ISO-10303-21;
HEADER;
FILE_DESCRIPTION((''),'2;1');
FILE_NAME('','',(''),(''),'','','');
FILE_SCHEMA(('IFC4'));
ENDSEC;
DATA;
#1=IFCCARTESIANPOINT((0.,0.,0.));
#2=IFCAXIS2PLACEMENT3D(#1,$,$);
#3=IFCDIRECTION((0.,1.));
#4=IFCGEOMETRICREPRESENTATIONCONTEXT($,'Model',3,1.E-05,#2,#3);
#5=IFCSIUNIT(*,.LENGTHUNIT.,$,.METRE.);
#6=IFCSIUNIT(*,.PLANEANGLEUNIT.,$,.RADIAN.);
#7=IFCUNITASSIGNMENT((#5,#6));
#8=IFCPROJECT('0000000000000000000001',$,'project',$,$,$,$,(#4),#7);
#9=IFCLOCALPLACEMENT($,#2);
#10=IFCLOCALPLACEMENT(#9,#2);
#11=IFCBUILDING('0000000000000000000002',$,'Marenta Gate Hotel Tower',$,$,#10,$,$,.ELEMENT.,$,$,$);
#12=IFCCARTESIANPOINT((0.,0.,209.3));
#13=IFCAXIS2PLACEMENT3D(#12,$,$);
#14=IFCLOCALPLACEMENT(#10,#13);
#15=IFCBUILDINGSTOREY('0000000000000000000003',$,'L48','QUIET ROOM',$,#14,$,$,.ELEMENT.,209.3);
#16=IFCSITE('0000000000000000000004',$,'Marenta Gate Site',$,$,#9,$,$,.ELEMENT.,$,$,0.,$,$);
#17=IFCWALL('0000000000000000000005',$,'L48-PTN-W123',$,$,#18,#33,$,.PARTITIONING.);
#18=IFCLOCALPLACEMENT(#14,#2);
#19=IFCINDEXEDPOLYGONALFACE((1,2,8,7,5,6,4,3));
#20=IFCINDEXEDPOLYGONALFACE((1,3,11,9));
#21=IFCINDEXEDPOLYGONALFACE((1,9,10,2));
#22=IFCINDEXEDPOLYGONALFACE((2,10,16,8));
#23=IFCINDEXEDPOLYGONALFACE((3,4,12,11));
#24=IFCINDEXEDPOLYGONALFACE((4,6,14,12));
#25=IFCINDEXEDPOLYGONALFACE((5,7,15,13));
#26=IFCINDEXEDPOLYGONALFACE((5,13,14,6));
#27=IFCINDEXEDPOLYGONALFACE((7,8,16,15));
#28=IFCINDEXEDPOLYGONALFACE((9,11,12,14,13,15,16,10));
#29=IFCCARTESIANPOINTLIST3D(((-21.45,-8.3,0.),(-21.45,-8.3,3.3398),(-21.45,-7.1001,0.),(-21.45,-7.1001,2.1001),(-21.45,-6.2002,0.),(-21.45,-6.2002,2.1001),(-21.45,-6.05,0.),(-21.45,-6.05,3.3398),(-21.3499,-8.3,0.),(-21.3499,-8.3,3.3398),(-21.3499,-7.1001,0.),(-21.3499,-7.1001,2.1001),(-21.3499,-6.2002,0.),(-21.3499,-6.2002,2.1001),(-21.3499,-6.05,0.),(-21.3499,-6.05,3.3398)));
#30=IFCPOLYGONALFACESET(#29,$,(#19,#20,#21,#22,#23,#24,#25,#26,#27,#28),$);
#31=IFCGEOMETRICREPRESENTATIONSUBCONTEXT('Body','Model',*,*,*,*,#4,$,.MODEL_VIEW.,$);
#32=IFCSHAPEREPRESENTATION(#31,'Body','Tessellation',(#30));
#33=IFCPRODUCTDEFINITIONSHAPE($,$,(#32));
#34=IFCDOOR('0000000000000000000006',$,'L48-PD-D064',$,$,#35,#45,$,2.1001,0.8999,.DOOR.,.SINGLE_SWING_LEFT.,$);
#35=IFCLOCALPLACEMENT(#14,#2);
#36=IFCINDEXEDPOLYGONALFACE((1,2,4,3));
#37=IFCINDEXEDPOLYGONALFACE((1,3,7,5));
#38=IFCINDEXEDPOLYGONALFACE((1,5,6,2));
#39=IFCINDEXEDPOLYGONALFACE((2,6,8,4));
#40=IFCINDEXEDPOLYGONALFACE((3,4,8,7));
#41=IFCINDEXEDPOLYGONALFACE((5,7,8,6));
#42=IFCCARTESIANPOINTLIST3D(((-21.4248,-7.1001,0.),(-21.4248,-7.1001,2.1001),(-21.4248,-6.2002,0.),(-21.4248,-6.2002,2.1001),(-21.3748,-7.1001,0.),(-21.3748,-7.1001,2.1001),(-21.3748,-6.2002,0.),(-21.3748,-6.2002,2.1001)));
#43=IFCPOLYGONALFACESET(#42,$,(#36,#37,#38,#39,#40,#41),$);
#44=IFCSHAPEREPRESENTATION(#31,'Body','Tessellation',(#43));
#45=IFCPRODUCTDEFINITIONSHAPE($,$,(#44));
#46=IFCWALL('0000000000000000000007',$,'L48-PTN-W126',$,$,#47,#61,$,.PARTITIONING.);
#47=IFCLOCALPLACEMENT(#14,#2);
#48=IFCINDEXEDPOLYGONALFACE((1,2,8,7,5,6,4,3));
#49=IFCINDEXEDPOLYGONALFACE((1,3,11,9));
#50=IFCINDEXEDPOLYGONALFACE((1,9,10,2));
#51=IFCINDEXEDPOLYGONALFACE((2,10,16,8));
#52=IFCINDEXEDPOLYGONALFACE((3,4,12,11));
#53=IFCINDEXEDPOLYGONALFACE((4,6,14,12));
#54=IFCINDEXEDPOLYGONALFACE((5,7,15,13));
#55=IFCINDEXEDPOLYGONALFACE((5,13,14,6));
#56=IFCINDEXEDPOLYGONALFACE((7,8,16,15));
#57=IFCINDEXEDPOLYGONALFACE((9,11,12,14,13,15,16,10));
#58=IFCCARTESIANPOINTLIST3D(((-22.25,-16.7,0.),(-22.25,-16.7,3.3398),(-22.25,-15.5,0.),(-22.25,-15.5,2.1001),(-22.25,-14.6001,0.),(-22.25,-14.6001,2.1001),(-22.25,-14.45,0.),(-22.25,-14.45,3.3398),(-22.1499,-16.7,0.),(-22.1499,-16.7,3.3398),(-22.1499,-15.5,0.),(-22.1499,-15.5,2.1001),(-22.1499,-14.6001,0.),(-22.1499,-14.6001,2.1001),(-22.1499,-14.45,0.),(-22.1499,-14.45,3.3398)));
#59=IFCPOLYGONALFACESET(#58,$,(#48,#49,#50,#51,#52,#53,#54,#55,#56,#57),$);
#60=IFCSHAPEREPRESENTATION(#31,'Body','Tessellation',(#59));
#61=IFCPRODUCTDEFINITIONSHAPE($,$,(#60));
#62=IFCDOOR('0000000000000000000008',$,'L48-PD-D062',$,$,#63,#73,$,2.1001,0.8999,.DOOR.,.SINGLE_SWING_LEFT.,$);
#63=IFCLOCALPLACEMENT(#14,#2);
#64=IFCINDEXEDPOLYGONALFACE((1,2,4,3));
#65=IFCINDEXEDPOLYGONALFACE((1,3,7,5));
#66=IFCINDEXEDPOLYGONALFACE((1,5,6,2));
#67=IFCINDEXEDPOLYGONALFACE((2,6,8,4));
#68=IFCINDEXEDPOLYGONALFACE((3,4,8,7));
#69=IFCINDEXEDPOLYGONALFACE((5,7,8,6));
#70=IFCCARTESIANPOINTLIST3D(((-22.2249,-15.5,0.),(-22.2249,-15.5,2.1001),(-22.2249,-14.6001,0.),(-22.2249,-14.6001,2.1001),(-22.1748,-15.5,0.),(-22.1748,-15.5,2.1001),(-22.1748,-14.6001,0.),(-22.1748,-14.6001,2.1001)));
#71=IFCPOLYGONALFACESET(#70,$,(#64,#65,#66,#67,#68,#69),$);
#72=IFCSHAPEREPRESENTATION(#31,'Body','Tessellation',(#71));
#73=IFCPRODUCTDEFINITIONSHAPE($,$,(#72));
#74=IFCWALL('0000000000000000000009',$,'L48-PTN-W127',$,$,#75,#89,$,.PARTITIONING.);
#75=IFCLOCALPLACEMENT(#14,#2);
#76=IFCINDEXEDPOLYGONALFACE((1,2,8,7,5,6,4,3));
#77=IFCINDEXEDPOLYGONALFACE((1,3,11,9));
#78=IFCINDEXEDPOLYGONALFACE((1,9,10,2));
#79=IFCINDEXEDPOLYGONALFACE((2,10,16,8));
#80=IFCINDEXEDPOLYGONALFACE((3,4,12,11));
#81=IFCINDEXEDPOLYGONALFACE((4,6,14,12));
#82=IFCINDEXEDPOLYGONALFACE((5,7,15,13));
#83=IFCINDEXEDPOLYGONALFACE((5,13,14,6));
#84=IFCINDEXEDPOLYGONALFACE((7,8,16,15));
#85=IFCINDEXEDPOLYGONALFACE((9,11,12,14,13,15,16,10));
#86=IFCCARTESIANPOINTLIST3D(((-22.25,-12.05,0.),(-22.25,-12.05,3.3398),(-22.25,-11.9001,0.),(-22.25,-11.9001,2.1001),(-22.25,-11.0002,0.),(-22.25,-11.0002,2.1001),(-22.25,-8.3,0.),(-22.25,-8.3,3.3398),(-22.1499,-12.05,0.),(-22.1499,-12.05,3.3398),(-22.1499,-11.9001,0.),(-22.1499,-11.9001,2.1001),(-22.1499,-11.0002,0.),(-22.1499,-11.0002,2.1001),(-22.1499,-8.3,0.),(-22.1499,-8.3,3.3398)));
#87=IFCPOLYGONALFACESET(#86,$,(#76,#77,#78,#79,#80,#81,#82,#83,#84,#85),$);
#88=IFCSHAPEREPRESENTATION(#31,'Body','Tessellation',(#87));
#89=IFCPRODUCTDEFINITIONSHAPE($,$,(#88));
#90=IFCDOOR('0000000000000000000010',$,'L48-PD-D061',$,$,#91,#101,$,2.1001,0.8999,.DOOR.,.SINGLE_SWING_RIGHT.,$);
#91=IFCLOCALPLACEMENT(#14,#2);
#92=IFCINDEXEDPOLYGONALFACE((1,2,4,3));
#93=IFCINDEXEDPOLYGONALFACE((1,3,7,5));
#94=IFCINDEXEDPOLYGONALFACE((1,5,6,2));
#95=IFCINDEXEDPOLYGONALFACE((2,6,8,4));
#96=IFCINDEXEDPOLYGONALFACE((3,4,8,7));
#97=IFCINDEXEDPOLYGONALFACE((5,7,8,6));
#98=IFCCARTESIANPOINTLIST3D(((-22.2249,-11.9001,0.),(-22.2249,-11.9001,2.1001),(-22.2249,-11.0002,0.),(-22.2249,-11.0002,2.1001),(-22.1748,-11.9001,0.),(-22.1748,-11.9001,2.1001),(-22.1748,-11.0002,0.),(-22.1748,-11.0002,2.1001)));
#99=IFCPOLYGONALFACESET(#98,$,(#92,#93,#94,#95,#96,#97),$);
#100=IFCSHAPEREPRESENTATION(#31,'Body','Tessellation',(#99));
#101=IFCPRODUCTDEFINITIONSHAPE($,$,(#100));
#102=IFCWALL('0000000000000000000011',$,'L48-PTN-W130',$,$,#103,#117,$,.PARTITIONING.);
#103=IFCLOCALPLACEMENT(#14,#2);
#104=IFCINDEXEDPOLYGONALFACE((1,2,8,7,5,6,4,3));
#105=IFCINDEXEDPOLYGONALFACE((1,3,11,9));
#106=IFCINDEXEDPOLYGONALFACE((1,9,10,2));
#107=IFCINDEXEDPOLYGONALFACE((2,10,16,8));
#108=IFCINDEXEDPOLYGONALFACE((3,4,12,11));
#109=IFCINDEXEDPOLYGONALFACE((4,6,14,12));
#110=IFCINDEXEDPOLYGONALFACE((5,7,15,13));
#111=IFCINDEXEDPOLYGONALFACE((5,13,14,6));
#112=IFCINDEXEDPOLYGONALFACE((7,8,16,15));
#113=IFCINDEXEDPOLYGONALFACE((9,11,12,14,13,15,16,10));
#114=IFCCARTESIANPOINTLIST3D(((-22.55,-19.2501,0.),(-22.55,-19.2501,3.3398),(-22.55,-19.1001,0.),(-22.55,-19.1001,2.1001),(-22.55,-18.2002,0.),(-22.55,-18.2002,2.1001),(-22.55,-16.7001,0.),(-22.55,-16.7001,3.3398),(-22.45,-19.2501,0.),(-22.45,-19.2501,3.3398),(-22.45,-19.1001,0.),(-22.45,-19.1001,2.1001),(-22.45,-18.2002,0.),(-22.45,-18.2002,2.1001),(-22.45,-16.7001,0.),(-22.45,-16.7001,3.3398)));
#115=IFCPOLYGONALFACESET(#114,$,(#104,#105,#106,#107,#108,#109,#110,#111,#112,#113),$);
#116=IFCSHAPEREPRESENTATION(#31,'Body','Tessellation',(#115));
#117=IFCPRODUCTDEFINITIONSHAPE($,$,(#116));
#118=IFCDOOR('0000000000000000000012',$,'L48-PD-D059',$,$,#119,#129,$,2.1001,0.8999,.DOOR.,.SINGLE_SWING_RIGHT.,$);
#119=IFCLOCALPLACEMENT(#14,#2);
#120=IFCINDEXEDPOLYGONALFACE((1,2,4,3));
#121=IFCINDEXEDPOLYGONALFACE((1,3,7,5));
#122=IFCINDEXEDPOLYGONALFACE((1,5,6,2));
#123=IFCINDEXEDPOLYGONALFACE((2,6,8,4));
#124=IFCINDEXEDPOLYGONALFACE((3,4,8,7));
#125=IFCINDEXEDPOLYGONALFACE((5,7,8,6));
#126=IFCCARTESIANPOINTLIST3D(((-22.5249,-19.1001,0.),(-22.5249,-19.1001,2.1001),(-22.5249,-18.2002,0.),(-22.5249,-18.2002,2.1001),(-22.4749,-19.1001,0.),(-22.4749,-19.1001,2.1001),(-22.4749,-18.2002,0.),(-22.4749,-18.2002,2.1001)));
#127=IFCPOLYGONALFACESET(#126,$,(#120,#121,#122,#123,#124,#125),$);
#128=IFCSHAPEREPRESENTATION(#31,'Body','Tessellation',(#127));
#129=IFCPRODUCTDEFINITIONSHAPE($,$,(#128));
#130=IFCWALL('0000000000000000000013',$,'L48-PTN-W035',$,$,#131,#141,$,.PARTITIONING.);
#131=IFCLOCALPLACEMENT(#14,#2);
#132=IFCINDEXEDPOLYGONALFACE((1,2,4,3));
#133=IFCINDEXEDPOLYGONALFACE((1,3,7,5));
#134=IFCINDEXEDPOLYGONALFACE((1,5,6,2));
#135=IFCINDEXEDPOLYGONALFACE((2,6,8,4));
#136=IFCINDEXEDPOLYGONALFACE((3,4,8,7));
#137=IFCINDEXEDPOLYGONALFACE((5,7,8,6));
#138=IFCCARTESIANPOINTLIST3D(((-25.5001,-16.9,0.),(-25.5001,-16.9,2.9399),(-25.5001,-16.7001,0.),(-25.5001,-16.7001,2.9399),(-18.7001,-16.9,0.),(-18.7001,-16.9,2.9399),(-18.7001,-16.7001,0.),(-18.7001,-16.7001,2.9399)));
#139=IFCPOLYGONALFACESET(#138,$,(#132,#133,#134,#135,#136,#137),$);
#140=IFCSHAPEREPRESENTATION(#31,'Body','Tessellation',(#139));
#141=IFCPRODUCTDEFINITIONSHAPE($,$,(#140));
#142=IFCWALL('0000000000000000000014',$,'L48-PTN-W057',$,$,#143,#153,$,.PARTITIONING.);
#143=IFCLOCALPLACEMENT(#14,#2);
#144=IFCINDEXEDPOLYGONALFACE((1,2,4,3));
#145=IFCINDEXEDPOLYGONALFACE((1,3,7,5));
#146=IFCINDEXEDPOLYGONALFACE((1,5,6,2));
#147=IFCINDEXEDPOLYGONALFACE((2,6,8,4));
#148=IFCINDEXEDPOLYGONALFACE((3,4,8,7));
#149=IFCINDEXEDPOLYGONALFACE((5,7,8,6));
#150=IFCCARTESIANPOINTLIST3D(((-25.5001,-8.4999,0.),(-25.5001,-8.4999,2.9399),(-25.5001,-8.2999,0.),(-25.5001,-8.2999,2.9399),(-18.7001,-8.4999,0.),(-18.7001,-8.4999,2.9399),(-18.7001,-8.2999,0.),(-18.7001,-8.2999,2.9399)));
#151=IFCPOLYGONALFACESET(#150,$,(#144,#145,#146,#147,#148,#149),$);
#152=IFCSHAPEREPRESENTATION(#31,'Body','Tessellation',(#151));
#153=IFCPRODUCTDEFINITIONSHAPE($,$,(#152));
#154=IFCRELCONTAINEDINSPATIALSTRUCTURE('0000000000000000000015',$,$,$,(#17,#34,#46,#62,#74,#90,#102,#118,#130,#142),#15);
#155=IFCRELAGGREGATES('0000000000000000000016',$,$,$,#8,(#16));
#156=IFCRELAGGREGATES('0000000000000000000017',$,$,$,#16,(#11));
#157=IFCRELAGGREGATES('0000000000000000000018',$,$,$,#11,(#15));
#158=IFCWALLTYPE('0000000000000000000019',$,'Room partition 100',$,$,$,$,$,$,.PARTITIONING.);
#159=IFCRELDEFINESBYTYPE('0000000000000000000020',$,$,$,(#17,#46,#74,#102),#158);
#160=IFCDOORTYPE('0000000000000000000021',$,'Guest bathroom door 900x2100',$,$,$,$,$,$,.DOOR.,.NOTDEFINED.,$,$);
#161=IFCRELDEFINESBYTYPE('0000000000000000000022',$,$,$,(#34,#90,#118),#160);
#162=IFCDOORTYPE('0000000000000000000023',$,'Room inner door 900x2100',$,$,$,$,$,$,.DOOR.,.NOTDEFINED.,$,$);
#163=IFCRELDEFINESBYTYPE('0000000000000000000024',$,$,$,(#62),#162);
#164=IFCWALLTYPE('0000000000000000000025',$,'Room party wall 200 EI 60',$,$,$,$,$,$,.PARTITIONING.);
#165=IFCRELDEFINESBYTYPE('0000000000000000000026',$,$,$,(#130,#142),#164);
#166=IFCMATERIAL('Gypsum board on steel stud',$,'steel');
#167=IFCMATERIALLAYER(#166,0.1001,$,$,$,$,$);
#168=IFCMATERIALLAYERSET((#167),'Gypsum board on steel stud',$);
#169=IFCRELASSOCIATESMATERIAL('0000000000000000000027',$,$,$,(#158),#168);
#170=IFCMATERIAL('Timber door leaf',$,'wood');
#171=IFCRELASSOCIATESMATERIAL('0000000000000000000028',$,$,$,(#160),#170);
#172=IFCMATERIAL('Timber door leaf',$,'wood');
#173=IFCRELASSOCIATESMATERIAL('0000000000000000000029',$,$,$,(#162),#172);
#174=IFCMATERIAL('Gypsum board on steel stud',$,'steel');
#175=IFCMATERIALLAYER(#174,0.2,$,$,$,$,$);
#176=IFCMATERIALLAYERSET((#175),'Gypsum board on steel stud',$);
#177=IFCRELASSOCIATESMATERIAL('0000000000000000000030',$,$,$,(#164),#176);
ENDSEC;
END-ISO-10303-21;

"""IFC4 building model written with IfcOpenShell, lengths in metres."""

from ifc_helpers import new_model, si_unit, direction, frame, frame_2d, origin, place, context, subcontext, project, spatial, rectangle, extrude, material, layer, layer_set, type_object, element, fill, save


model = new_model("IFC4")

# Units and contexts
model_context = context("Model", 3, precision=1e-05, world=origin(), true_north=direction((0.0, 1.0)))
body_context = subcontext(model_context, "Body", "Model", "MODEL_VIEW")
ifc_project = project(units=[si_unit("LENGTHUNIT", "METRE"), si_unit("PLANEANGLEUNIT", "RADIAN")], contexts=[model_context])

# Site, building, storey
site_placement = place(None, origin())
site = spatial("IfcSite", under=ifc_project, at=site_placement, Name="Marenta Gate Site", CompositionType="ELEMENT", RefElevation=0.0)
building_placement = place(site_placement, origin())
building = spatial("IfcBuilding", under=site, at=building_placement, Name="Marenta Gate Hotel Tower", CompositionType="ELEMENT")
storey_placement = place(building_placement, frame((0.0, 0.0, 209.3)))
storey = spatial("IfcBuildingStorey", under=building, at=storey_placement, Name="L48", Description="QUIET ROOM", CompositionType="ELEMENT", Elevation=209.3)

# Shared definitions
ifc_material_1 = material(Name="Gypsum board on steel stud", Category="steel")
ifc_layer_1 = layer(ifc_material_1, 0.1001)
ifc_layer_set_1 = layer_set([ifc_layer_1], Name="Gypsum board on steel stud")
wall_type_1 = type_object("IfcWallType", Name="Room partition 100", PredefinedType="PARTITIONING", material=ifc_layer_set_1)

# Walls, openings, doors
wall_1_placement = place(storey_placement, frame((-21.3999, -8.3, 0.0), z_axis=(0.0, 0.0, 1.0), x_axis=(0.0, 1.0, 0.0)))
wall_1 = element("IfcWall", 1, at=wall_1_placement, inside=storey, type_object=wall_type_1, Name="L48-PTN-W123", PredefinedType="PARTITIONING", context=body_context, shape_type="SweptSolid", body=[
    extrude(rectangle(XDim=2.25, YDim=0.1001, at=frame_2d((1.125, 0.0))), origin(), (0.0, 0.0, 1.0), 3.3398),
])
opening_1_placement = place(wall_1_placement, frame((1.2, 0.0, 0.0)))
opening_1 = element("IfcOpeningElement", 2, at=opening_1_placement, cuts=wall_1, PredefinedType="OPENING", context=body_context, shape_type="SweptSolid", body=[
    extrude(rectangle(XDim=0.8999, YDim=2.1001, at=frame_2d((0.45, 1.05))), frame((0.0, 0.05, 0.0), z_axis=(0.0, -1.0, 0.0), x_axis=(1.0, 0.0, 0.0)), (0.0, 0.0, 1.0), 0.1001),
])
ifc_material_2 = material(Name="Timber door leaf", Category="wood")
door_type_1 = type_object("IfcDoorType", Name="Guest bathroom door 900x2100", OperationType="NOTDEFINED", PredefinedType="DOOR", material=ifc_material_2)
door_1_placement = place(opening_1_placement, origin())
door_1 = element("IfcDoor", 3, at=door_1_placement, inside=storey, type_object=door_type_1, Name="L48-PD-D064", OperationType="SINGLE_SWING_LEFT", OverallHeight=2.1001, OverallWidth=0.8999, PredefinedType="DOOR", context=body_context, shape_type="SweptSolid", body=[
    extrude(rectangle(XDim=0.8999, YDim=2.1001, at=frame_2d((0.45, 1.05))), frame((0.0, 0.0249, 0.0), z_axis=(0.0, -1.0, 0.0), x_axis=(1.0, 0.0, 0.0)), (0.0, 0.0, 1.0), 0.05),
])
fill(opening_1, door_1)
wall_2_placement = place(storey_placement, frame((-22.2, -16.7, 0.0), z_axis=(0.0, 0.0, 1.0), x_axis=(0.0, 1.0, 0.0)))
wall_2 = element("IfcWall", 4, at=wall_2_placement, inside=storey, type_object=wall_type_1, Name="L48-PTN-W126", PredefinedType="PARTITIONING", context=body_context, shape_type="SweptSolid", body=[
    extrude(rectangle(XDim=2.25, YDim=0.1001, at=frame_2d((1.125, 0.0))), origin(), (0.0, 0.0, 1.0), 3.3398),
])
opening_2_placement = place(wall_2_placement, frame((1.2, 0.0, 0.0)))
opening_2 = element("IfcOpeningElement", 5, at=opening_2_placement, cuts=wall_2, PredefinedType="OPENING", context=body_context, shape_type="SweptSolid", body=[
    extrude(rectangle(XDim=0.8999, YDim=2.1001, at=frame_2d((0.45, 1.05))), frame((0.0, 0.05, 0.0), z_axis=(0.0, -1.0, 0.0), x_axis=(1.0, 0.0, 0.0)), (0.0, 0.0, 1.0), 0.1001),
])
ifc_material_3 = material(Name="Timber door leaf", Category="wood")
door_type_2 = type_object("IfcDoorType", Name="Room inner door 900x2100", OperationType="NOTDEFINED", PredefinedType="DOOR", material=ifc_material_3)
door_2_placement = place(opening_2_placement, origin())
door_2 = element("IfcDoor", 6, at=door_2_placement, inside=storey, type_object=door_type_2, Name="L48-PD-D062", OperationType="SINGLE_SWING_LEFT", OverallHeight=2.1001, OverallWidth=0.8999, PredefinedType="DOOR", context=body_context, shape_type="SweptSolid", body=[
    extrude(rectangle(XDim=0.8999, YDim=2.1001, at=frame_2d((0.45, 1.05))), frame((0.0, 0.0249, 0.0), z_axis=(0.0, -1.0, 0.0), x_axis=(1.0, 0.0, 0.0)), (0.0, 0.0, 1.0), 0.05),
])
fill(opening_2, door_2)
wall_3_placement = place(storey_placement, frame((-22.2, -12.05, 0.0), z_axis=(0.0, 0.0, 1.0), x_axis=(0.0, 1.0, 0.0)))
wall_3 = element("IfcWall", 7, at=wall_3_placement, inside=storey, type_object=wall_type_1, Name="L48-PTN-W127", PredefinedType="PARTITIONING", context=body_context, shape_type="SweptSolid", body=[
    extrude(rectangle(XDim=3.75, YDim=0.1001, at=frame_2d((1.875, 0.0))), origin(), (0.0, 0.0, 1.0), 3.3398),
])
opening_3_placement = place(wall_3_placement, frame((0.1499, 0.0, 0.0)))
opening_3 = element("IfcOpeningElement", 8, at=opening_3_placement, cuts=wall_3, PredefinedType="OPENING", context=body_context, shape_type="SweptSolid", body=[
    extrude(rectangle(XDim=0.8999, YDim=2.1001, at=frame_2d((0.45, 1.05))), frame((0.0, 0.05, 0.0), z_axis=(0.0, -1.0, 0.0), x_axis=(1.0, 0.0, 0.0)), (0.0, 0.0, 1.0), 0.1001),
])
door_3_placement = place(opening_3_placement, origin())
door_3 = element("IfcDoor", 9, at=door_3_placement, inside=storey, type_object=door_type_1, Name="L48-PD-D061", OperationType="SINGLE_SWING_RIGHT", OverallHeight=2.1001, OverallWidth=0.8999, PredefinedType="DOOR", context=body_context, shape_type="SweptSolid", body=[
    extrude(rectangle(XDim=0.8999, YDim=2.1001, at=frame_2d((0.45, 1.05))), frame((0.0, 0.0249, 0.0), z_axis=(0.0, -1.0, 0.0), x_axis=(1.0, 0.0, 0.0)), (0.0, 0.0, 1.0), 0.05),
])
fill(opening_3, door_3)
wall_4_placement = place(storey_placement, frame((-22.5, -19.25, 0.0), z_axis=(0.0, 0.0, 1.0), x_axis=(0.0, 1.0, 0.0)))
wall_4 = element("IfcWall", 10, at=wall_4_placement, inside=storey, type_object=wall_type_1, Name="L48-PTN-W130", PredefinedType="PARTITIONING", context=body_context, shape_type="SweptSolid", body=[
    extrude(rectangle(XDim=2.55, YDim=0.1001, at=frame_2d((1.2749, 0.0))), origin(), (0.0, 0.0, 1.0), 3.3398),
])
opening_4_placement = place(wall_4_placement, frame((0.1499, 0.0, 0.0)))
opening_4 = element("IfcOpeningElement", 11, at=opening_4_placement, cuts=wall_4, PredefinedType="OPENING", context=body_context, shape_type="SweptSolid", body=[
    extrude(rectangle(XDim=0.8999, YDim=2.1001, at=frame_2d((0.45, 1.05))), frame((0.0, 0.05, 0.0), z_axis=(0.0, -1.0, 0.0), x_axis=(1.0, 0.0, 0.0)), (0.0, 0.0, 1.0), 0.1001),
])
door_4_placement = place(opening_4_placement, origin())
door_4 = element("IfcDoor", 12, at=door_4_placement, inside=storey, type_object=door_type_1, Name="L48-PD-D059", OperationType="SINGLE_SWING_RIGHT", OverallHeight=2.1001, OverallWidth=0.8999, PredefinedType="DOOR", context=body_context, shape_type="SweptSolid", body=[
    extrude(rectangle(XDim=0.8999, YDim=2.1001, at=frame_2d((0.45, 1.05))), frame((0.0, 0.0249, 0.0), z_axis=(0.0, -1.0, 0.0), x_axis=(1.0, 0.0, 0.0)), (0.0, 0.0, 1.0), 0.05),
])
fill(opening_4, door_4)

# Walls
ifc_material_4 = material(Name="Gypsum board on steel stud", Category="steel")
ifc_layer_2 = layer(ifc_material_4, 0.2)
ifc_layer_set_2 = layer_set([ifc_layer_2], Name="Gypsum board on steel stud")
wall_type_2 = type_object("IfcWallType", Name="Room party wall 200 EI 60", PredefinedType="PARTITIONING", material=ifc_layer_set_2)
for number, where, z_axis, x_axis, name in (
    (13, (-25.5, -16.8, 0.0), (0.0, 0.0, 1.0), (1.0, 0.0, 0.0), "L48-PTN-W035"),
    (14, (-25.5, -8.3999, 0.0), (0.0, 0.0, 1.0), (1.0, 0.0, 0.0), "L48-PTN-W057"),
):
    element("IfcWall", number, at=place(storey_placement, frame(where, z_axis=z_axis, x_axis=x_axis)), inside=storey, type_object=wall_type_2, Name=name, PredefinedType="PARTITIONING", context=body_context, shape_type="SweptSolid", body=[
        extrude(rectangle(XDim=6.8, YDim=0.2, at=frame_2d((3.3999, 0.0))), origin(), (0.0, 0.0, 1.0), 2.9399),
    ])

save(model, "model.ifc")
